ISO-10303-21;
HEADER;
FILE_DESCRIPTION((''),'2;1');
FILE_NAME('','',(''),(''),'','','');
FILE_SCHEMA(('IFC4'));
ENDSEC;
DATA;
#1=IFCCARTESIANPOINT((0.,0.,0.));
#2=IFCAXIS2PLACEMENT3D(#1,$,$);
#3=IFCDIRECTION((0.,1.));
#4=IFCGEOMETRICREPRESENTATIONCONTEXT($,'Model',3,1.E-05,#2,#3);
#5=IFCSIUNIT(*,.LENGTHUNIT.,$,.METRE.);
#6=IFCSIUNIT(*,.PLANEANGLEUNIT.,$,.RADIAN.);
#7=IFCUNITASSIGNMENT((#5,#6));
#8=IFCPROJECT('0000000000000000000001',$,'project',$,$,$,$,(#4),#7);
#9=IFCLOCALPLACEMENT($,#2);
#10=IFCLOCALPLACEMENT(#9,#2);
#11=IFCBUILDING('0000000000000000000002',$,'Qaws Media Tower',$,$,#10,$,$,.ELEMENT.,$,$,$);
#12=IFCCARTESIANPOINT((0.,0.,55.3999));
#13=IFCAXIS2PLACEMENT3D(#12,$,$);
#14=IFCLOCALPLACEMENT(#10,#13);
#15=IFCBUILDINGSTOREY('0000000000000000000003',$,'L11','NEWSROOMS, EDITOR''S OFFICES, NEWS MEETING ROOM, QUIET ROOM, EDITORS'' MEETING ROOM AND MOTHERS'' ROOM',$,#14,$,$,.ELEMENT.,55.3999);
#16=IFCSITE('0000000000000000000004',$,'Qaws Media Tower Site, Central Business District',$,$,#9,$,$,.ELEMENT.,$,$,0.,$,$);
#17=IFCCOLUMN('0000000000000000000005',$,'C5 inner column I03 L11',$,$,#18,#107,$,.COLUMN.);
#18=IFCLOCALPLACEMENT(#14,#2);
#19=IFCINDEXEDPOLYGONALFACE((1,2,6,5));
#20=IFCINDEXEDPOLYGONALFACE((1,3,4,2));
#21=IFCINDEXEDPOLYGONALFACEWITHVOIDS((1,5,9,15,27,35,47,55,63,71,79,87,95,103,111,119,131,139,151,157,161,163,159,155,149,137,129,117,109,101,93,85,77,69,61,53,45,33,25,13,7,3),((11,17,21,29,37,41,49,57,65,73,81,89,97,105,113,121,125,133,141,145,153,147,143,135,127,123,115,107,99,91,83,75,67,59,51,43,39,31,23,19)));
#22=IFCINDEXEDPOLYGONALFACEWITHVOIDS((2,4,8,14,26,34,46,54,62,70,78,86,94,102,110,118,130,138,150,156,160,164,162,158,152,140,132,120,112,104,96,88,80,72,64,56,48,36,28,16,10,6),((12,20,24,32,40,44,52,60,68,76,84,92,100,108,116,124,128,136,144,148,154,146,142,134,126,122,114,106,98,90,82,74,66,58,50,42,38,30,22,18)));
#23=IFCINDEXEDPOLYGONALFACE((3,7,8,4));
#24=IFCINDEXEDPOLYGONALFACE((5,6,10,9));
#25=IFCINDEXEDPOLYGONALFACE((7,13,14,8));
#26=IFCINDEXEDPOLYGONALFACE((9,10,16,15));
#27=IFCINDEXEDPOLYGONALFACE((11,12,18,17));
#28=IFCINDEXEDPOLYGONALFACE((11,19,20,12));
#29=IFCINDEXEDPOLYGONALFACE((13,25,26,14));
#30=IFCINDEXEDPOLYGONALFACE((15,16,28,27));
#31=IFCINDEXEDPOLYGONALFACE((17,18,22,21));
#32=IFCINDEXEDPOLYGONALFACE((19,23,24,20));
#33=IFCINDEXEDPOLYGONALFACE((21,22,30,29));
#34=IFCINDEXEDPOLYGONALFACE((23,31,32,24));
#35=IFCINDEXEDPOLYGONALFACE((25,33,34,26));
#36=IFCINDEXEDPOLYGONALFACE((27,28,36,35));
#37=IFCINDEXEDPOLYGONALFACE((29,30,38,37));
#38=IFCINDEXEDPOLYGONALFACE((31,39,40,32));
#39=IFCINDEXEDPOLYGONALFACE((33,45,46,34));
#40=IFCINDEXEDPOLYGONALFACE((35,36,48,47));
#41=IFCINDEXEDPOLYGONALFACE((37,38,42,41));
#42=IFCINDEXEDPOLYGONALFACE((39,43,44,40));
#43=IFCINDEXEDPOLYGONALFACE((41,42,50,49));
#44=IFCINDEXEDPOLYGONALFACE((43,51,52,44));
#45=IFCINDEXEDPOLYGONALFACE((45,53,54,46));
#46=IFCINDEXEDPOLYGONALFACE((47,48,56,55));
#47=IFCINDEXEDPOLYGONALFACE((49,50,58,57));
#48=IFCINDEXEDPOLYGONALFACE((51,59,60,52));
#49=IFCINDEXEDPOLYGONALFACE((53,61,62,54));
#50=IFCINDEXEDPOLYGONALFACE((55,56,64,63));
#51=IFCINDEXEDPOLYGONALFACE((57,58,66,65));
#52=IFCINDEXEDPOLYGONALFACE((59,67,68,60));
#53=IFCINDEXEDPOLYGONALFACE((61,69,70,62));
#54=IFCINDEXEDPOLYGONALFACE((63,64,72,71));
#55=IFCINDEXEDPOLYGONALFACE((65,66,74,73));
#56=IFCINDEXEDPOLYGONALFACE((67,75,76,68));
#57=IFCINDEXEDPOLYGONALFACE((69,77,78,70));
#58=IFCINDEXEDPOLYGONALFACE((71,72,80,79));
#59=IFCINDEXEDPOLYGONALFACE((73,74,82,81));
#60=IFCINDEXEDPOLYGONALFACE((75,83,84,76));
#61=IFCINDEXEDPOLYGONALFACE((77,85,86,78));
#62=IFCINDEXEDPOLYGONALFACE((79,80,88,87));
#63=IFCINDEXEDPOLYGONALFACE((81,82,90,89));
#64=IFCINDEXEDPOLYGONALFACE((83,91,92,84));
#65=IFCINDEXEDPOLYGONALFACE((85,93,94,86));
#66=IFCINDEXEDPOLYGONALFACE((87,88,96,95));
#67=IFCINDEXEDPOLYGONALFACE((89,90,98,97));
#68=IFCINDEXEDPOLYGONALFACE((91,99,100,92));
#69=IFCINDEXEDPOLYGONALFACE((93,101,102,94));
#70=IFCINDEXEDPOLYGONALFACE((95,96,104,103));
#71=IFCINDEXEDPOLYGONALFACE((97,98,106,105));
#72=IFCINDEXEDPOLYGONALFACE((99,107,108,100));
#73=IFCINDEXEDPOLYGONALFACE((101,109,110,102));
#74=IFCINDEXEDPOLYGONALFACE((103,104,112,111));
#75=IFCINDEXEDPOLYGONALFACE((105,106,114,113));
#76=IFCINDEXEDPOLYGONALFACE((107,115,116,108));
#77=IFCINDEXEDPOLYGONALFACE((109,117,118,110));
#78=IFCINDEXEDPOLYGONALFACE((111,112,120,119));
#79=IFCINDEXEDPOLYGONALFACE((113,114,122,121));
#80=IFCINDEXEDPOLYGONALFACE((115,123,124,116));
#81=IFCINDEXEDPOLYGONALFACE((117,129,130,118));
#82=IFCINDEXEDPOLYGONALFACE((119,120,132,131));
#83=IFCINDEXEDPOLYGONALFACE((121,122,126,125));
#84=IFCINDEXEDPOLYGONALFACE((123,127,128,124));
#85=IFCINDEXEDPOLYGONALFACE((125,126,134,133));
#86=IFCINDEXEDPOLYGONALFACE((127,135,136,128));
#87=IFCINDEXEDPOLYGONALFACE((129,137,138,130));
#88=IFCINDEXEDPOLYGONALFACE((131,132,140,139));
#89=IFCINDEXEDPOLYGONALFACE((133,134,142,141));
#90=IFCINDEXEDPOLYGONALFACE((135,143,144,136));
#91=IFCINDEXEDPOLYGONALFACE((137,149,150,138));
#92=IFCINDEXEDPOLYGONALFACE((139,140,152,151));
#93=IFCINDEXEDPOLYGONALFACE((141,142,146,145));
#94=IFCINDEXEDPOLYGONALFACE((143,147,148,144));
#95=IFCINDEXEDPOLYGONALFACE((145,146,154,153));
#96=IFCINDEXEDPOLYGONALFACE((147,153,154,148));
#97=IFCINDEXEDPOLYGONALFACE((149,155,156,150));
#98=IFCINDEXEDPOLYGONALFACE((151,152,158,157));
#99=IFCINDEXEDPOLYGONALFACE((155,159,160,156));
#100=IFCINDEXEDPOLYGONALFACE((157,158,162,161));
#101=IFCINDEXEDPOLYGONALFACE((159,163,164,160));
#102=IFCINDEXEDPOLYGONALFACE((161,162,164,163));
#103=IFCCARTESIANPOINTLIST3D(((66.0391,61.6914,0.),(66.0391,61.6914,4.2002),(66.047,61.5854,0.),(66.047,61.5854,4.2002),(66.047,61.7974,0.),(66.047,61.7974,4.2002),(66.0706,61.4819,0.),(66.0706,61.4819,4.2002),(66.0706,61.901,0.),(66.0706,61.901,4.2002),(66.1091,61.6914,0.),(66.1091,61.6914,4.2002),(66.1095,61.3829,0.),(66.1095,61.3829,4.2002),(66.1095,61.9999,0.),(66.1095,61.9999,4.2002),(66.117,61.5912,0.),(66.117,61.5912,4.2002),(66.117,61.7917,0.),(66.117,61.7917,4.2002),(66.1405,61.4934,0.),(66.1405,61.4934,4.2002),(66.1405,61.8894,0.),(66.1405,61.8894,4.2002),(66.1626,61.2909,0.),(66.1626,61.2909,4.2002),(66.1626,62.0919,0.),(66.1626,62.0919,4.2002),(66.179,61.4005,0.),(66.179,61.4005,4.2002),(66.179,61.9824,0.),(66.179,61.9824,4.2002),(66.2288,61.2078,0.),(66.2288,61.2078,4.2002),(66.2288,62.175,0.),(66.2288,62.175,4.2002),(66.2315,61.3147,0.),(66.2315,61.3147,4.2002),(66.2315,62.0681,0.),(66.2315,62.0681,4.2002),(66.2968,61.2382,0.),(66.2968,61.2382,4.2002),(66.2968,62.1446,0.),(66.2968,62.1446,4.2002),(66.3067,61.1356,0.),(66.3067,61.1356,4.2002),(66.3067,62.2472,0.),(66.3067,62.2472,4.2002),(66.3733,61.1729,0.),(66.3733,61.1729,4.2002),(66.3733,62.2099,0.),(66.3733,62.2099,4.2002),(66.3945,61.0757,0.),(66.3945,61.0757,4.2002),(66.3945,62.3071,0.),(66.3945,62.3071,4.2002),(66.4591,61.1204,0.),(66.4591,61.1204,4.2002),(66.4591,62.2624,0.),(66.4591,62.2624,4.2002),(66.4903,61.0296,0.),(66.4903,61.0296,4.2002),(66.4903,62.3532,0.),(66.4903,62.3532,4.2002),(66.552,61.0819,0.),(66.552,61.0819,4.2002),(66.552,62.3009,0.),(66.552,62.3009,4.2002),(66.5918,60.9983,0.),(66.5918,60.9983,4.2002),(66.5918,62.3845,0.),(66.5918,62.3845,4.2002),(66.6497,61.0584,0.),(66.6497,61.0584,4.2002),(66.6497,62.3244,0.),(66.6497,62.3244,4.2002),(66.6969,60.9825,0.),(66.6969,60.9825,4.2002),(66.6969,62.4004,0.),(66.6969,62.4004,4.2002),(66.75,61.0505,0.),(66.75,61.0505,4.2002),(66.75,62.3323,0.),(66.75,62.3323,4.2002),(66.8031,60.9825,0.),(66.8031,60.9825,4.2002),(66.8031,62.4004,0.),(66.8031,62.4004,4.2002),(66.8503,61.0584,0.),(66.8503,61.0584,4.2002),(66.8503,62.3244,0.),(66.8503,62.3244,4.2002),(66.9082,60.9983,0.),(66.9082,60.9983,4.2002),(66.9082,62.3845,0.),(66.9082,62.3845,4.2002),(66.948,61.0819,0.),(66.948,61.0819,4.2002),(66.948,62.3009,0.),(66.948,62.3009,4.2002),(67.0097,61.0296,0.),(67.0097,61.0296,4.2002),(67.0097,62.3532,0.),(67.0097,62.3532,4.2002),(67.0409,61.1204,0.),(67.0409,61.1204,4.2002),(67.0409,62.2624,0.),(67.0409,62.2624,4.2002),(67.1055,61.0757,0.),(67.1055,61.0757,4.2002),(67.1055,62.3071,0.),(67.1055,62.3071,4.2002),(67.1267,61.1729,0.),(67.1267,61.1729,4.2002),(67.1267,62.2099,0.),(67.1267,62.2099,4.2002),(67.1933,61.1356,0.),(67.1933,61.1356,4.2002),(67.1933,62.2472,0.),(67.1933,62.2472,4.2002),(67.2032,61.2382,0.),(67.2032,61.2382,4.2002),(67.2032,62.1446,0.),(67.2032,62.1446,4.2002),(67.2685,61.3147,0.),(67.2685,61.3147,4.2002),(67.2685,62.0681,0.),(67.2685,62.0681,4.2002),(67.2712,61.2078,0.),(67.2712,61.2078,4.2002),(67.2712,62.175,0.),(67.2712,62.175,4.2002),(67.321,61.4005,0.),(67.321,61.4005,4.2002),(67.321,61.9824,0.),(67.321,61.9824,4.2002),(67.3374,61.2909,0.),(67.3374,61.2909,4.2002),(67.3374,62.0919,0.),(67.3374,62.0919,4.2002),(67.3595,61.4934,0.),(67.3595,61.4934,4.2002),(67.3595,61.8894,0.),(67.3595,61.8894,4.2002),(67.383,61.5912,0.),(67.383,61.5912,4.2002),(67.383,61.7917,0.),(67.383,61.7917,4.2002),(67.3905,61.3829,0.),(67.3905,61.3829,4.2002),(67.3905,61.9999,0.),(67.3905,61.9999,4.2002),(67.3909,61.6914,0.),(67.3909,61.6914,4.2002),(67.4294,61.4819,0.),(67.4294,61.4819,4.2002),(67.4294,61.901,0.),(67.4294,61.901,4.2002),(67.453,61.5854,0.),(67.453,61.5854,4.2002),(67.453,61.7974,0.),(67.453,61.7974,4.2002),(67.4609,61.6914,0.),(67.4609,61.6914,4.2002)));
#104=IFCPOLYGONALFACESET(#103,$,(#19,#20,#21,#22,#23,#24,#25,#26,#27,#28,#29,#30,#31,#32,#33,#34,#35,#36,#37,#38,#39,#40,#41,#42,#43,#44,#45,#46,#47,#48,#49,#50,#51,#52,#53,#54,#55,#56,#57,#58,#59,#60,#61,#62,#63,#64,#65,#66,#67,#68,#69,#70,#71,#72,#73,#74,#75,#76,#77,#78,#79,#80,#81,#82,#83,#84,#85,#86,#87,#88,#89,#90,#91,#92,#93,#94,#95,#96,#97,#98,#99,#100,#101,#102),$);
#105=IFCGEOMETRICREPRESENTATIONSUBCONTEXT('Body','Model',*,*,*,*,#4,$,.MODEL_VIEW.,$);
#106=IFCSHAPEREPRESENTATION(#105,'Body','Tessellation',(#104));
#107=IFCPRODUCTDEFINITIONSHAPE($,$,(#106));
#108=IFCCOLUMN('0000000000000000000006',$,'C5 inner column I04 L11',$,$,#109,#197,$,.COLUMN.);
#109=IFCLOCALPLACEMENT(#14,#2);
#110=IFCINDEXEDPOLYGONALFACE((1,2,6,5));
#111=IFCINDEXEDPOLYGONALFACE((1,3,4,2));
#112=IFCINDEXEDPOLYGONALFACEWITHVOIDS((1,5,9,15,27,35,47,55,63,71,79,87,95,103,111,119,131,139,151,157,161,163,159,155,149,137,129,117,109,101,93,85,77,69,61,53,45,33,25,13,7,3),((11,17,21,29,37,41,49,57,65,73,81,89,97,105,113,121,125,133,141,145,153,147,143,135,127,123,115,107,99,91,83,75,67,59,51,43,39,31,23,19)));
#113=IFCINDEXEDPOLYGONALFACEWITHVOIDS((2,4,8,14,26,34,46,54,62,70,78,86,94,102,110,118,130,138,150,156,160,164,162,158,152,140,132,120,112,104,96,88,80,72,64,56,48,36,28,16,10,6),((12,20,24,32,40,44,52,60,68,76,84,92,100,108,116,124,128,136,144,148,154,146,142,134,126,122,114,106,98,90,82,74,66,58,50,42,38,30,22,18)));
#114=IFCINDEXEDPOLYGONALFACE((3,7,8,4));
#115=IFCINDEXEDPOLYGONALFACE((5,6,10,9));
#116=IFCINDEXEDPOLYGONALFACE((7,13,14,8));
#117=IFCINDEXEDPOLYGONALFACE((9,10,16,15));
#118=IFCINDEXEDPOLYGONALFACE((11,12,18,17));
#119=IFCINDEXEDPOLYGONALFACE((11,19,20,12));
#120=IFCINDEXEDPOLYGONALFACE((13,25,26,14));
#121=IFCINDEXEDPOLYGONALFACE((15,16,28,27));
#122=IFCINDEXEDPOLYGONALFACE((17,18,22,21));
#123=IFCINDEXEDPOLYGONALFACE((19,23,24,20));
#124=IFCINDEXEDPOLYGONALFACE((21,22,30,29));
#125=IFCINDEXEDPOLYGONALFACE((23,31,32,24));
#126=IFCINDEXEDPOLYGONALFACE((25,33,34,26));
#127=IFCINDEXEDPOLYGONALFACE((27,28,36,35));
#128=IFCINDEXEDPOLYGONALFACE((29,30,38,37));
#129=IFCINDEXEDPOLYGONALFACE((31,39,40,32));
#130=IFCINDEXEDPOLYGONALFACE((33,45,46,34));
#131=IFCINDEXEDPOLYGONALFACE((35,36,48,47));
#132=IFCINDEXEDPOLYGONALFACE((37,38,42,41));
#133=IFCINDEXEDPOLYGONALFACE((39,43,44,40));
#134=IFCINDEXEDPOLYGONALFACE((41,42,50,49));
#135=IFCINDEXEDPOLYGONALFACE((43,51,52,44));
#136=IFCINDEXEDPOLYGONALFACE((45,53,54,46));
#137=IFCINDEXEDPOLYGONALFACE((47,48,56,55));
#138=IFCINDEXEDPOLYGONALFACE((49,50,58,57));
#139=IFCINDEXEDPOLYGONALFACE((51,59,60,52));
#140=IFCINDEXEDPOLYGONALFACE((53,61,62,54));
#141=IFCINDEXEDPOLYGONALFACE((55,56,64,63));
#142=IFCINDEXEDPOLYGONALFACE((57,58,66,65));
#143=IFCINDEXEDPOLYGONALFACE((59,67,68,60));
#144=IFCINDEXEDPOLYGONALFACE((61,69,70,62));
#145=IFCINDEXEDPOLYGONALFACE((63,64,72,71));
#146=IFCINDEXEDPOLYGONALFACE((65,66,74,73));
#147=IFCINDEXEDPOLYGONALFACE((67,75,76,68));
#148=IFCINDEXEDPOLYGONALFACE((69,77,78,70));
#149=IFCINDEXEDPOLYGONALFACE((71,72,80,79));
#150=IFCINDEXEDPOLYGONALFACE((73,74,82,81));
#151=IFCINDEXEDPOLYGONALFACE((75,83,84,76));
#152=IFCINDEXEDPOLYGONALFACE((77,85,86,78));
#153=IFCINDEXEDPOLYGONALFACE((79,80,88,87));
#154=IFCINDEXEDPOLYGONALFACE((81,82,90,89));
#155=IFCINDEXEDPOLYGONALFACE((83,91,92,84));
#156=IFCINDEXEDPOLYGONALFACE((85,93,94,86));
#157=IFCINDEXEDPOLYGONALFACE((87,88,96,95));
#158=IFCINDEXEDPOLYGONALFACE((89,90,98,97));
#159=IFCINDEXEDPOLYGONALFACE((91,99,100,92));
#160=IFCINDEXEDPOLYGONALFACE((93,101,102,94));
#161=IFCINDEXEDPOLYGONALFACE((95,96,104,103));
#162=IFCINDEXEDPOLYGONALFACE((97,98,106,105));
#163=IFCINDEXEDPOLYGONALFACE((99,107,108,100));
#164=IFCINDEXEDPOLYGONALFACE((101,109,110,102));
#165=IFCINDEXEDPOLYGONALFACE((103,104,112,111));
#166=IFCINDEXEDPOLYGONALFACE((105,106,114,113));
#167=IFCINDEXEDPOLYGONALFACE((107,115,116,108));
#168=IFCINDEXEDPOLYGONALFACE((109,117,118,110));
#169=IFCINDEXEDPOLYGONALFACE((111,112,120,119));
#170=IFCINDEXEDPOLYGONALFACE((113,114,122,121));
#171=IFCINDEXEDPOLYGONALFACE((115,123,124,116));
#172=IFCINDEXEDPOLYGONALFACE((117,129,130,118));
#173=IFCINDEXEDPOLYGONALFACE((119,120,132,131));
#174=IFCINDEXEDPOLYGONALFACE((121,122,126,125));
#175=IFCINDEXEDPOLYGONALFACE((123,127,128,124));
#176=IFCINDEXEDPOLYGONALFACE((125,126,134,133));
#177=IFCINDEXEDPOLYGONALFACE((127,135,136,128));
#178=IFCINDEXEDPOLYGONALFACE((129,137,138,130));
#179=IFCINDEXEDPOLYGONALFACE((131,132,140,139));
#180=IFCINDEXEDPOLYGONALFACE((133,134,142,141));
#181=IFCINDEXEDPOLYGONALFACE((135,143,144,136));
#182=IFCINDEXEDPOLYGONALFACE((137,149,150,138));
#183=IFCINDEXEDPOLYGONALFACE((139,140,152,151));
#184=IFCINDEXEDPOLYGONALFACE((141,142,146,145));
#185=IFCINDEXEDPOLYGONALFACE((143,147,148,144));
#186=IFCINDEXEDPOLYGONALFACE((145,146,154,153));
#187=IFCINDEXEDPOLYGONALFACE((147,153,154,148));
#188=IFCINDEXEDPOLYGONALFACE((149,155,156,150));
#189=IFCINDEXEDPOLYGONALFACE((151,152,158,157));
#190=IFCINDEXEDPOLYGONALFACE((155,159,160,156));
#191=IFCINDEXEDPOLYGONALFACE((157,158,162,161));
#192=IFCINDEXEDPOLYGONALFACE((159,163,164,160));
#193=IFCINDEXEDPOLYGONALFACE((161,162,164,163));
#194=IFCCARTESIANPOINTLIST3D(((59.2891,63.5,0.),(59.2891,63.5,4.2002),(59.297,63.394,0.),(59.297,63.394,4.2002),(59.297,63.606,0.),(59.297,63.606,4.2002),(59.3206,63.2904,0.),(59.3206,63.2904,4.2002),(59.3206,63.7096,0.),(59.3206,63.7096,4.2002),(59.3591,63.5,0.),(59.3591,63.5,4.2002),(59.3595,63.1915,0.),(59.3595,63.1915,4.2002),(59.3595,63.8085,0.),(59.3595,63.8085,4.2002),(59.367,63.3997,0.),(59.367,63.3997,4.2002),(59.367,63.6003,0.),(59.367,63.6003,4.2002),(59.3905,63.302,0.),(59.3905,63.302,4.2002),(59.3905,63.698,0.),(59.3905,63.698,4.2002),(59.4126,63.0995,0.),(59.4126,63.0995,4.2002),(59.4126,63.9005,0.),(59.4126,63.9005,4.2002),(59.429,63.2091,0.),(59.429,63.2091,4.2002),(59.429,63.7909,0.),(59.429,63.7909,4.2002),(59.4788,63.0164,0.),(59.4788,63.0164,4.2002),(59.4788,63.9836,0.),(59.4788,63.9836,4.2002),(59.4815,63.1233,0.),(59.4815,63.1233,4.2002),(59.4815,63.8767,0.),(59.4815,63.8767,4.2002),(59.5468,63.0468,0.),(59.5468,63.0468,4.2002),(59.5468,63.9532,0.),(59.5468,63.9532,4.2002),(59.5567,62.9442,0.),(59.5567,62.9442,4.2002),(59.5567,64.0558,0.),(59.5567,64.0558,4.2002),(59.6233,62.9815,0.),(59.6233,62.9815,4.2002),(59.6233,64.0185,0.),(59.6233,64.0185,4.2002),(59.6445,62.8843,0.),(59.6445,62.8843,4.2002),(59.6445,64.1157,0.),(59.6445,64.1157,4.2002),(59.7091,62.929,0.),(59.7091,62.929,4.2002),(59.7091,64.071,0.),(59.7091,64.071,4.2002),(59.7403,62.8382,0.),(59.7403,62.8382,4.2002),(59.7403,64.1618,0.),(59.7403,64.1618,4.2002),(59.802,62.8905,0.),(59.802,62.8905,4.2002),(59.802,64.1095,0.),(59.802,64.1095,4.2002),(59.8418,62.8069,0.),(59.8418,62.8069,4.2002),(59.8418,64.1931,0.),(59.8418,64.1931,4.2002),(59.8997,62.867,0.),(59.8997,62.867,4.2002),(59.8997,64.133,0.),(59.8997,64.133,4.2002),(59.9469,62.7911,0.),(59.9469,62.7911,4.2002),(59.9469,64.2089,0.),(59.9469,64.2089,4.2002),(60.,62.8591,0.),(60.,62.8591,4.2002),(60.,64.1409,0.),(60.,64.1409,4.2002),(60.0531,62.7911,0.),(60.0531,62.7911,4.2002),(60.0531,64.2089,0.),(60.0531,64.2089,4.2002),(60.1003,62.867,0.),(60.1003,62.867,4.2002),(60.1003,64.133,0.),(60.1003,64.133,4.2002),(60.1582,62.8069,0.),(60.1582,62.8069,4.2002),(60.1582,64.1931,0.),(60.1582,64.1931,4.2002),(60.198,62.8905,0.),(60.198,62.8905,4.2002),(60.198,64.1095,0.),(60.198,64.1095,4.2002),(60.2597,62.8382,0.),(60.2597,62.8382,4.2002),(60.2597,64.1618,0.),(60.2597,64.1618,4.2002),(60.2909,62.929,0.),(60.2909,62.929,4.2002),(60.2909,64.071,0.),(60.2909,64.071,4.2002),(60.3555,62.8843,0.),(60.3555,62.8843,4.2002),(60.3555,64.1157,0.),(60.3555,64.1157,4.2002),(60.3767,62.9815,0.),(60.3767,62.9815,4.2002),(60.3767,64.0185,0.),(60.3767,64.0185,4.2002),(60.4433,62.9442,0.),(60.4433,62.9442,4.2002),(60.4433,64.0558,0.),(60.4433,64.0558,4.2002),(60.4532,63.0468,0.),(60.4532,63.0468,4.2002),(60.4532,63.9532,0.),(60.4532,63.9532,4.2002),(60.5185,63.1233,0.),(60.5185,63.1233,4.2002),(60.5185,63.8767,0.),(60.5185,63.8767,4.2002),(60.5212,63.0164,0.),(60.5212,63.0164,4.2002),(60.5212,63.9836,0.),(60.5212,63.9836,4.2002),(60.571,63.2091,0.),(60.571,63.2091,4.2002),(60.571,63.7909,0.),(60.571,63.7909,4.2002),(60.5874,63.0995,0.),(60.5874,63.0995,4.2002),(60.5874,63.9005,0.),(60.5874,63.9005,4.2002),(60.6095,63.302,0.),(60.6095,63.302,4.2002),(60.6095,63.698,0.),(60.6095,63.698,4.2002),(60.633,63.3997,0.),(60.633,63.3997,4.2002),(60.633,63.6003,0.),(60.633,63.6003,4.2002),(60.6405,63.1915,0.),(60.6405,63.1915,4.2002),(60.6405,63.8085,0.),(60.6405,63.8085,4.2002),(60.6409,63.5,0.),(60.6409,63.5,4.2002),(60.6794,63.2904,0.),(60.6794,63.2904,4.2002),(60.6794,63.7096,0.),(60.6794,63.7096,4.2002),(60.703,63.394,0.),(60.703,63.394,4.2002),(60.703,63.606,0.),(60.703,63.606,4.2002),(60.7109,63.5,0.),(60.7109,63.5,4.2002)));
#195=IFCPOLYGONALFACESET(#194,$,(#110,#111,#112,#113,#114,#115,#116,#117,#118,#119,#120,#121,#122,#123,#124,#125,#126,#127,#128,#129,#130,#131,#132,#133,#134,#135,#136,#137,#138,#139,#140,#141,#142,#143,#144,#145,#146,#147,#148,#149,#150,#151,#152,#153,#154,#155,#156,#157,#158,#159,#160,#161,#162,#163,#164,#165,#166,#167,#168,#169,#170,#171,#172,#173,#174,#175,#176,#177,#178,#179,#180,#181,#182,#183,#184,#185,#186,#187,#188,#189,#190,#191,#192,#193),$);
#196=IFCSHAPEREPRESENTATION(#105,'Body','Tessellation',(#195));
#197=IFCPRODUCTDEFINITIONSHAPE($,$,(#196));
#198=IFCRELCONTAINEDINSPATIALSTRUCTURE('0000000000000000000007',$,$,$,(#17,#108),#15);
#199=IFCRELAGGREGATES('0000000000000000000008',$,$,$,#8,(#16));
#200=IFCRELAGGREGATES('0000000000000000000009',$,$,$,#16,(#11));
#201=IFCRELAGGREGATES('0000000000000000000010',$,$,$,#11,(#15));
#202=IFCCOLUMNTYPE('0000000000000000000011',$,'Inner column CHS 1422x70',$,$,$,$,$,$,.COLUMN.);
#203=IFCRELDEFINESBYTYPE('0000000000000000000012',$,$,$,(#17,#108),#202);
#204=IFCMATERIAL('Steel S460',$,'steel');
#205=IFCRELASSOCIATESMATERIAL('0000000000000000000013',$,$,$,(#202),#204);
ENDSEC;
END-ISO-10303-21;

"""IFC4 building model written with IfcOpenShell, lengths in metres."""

from ifc_helpers import new_model, si_unit, direction, frame, origin, origin_2d, place, context, subcontext, project, spatial, hollow_circle, extrude, material, material_profile, profile_set, type_object, element, save


model = new_model("IFC4")

# Units and contexts
model_context = context("Model", 3, precision=1e-05, world=origin(), true_north=direction((0.0, 1.0)))
body_context = subcontext(model_context, "Body", "Model", "MODEL_VIEW")
ifc_project = project(units=[si_unit("LENGTHUNIT", "METRE"), si_unit("PLANEANGLEUNIT", "RADIAN")], contexts=[model_context])

# Site, building, storey
site_placement = place(None, origin())
site = spatial("IfcSite", under=ifc_project, at=site_placement, Name="Qaws Media Tower Site, Central Business District", CompositionType="ELEMENT", RefElevation=0.0)
building_placement = place(site_placement, origin())
building = spatial("IfcBuilding", under=site, at=building_placement, Name="Qaws Media Tower", CompositionType="ELEMENT")
storey_placement = place(building_placement, frame((0.0, 0.0, 55.3999)))
storey = spatial("IfcBuildingStorey", under=building, at=storey_placement, Name="L11", Description="NEWSROOMS, EDITOR'S OFFICES, NEWS MEETING ROOM, QUIET ROOM, EDITORS' MEETING ROOM AND MOTHERS' ROOM", CompositionType="ELEMENT", Elevation=55.3999)

# Columns
ifc_material_1 = material(Name="Steel S460", Category="steel")
ifc_material_profile_1 = material_profile(ifc_material_1, hollow_circle(Radius=0.7109, WallThickness=0.0701, at=origin_2d()), Name="CHS 1422x70")
ifc_profile_set_1 = profile_set([ifc_material_profile_1], Name="Steel S460")
column_type = type_object("IfcColumnType", Name="Inner column CHS 1422x70", PredefinedType="COLUMN", material=ifc_profile_set_1)
for number, where, z_axis, x_axis, name in (
    (1, (66.75, 61.6914, 0.0), (0.0, 0.0, 1.0), (1.0, 0.0, 0.0), "C5 inner column I03 L11"),
    (2, (60.0, 63.5, 0.0), (0.0, 0.0, 1.0), (1.0, 0.0, 0.0), "C5 inner column I04 L11"),
):
    element("IfcColumn", number, at=place(storey_placement, frame(where, z_axis=z_axis, x_axis=x_axis)), inside=storey, type_object=column_type, Name=name, PredefinedType="COLUMN", context=body_context, shape_type="SweptSolid", body=[
        extrude(hollow_circle(Radius=0.7109, WallThickness=0.0701, at=origin_2d()), origin(), (0.0, 0.0, 1.0), 4.2002),
    ])

save(model, "model.ifc")
